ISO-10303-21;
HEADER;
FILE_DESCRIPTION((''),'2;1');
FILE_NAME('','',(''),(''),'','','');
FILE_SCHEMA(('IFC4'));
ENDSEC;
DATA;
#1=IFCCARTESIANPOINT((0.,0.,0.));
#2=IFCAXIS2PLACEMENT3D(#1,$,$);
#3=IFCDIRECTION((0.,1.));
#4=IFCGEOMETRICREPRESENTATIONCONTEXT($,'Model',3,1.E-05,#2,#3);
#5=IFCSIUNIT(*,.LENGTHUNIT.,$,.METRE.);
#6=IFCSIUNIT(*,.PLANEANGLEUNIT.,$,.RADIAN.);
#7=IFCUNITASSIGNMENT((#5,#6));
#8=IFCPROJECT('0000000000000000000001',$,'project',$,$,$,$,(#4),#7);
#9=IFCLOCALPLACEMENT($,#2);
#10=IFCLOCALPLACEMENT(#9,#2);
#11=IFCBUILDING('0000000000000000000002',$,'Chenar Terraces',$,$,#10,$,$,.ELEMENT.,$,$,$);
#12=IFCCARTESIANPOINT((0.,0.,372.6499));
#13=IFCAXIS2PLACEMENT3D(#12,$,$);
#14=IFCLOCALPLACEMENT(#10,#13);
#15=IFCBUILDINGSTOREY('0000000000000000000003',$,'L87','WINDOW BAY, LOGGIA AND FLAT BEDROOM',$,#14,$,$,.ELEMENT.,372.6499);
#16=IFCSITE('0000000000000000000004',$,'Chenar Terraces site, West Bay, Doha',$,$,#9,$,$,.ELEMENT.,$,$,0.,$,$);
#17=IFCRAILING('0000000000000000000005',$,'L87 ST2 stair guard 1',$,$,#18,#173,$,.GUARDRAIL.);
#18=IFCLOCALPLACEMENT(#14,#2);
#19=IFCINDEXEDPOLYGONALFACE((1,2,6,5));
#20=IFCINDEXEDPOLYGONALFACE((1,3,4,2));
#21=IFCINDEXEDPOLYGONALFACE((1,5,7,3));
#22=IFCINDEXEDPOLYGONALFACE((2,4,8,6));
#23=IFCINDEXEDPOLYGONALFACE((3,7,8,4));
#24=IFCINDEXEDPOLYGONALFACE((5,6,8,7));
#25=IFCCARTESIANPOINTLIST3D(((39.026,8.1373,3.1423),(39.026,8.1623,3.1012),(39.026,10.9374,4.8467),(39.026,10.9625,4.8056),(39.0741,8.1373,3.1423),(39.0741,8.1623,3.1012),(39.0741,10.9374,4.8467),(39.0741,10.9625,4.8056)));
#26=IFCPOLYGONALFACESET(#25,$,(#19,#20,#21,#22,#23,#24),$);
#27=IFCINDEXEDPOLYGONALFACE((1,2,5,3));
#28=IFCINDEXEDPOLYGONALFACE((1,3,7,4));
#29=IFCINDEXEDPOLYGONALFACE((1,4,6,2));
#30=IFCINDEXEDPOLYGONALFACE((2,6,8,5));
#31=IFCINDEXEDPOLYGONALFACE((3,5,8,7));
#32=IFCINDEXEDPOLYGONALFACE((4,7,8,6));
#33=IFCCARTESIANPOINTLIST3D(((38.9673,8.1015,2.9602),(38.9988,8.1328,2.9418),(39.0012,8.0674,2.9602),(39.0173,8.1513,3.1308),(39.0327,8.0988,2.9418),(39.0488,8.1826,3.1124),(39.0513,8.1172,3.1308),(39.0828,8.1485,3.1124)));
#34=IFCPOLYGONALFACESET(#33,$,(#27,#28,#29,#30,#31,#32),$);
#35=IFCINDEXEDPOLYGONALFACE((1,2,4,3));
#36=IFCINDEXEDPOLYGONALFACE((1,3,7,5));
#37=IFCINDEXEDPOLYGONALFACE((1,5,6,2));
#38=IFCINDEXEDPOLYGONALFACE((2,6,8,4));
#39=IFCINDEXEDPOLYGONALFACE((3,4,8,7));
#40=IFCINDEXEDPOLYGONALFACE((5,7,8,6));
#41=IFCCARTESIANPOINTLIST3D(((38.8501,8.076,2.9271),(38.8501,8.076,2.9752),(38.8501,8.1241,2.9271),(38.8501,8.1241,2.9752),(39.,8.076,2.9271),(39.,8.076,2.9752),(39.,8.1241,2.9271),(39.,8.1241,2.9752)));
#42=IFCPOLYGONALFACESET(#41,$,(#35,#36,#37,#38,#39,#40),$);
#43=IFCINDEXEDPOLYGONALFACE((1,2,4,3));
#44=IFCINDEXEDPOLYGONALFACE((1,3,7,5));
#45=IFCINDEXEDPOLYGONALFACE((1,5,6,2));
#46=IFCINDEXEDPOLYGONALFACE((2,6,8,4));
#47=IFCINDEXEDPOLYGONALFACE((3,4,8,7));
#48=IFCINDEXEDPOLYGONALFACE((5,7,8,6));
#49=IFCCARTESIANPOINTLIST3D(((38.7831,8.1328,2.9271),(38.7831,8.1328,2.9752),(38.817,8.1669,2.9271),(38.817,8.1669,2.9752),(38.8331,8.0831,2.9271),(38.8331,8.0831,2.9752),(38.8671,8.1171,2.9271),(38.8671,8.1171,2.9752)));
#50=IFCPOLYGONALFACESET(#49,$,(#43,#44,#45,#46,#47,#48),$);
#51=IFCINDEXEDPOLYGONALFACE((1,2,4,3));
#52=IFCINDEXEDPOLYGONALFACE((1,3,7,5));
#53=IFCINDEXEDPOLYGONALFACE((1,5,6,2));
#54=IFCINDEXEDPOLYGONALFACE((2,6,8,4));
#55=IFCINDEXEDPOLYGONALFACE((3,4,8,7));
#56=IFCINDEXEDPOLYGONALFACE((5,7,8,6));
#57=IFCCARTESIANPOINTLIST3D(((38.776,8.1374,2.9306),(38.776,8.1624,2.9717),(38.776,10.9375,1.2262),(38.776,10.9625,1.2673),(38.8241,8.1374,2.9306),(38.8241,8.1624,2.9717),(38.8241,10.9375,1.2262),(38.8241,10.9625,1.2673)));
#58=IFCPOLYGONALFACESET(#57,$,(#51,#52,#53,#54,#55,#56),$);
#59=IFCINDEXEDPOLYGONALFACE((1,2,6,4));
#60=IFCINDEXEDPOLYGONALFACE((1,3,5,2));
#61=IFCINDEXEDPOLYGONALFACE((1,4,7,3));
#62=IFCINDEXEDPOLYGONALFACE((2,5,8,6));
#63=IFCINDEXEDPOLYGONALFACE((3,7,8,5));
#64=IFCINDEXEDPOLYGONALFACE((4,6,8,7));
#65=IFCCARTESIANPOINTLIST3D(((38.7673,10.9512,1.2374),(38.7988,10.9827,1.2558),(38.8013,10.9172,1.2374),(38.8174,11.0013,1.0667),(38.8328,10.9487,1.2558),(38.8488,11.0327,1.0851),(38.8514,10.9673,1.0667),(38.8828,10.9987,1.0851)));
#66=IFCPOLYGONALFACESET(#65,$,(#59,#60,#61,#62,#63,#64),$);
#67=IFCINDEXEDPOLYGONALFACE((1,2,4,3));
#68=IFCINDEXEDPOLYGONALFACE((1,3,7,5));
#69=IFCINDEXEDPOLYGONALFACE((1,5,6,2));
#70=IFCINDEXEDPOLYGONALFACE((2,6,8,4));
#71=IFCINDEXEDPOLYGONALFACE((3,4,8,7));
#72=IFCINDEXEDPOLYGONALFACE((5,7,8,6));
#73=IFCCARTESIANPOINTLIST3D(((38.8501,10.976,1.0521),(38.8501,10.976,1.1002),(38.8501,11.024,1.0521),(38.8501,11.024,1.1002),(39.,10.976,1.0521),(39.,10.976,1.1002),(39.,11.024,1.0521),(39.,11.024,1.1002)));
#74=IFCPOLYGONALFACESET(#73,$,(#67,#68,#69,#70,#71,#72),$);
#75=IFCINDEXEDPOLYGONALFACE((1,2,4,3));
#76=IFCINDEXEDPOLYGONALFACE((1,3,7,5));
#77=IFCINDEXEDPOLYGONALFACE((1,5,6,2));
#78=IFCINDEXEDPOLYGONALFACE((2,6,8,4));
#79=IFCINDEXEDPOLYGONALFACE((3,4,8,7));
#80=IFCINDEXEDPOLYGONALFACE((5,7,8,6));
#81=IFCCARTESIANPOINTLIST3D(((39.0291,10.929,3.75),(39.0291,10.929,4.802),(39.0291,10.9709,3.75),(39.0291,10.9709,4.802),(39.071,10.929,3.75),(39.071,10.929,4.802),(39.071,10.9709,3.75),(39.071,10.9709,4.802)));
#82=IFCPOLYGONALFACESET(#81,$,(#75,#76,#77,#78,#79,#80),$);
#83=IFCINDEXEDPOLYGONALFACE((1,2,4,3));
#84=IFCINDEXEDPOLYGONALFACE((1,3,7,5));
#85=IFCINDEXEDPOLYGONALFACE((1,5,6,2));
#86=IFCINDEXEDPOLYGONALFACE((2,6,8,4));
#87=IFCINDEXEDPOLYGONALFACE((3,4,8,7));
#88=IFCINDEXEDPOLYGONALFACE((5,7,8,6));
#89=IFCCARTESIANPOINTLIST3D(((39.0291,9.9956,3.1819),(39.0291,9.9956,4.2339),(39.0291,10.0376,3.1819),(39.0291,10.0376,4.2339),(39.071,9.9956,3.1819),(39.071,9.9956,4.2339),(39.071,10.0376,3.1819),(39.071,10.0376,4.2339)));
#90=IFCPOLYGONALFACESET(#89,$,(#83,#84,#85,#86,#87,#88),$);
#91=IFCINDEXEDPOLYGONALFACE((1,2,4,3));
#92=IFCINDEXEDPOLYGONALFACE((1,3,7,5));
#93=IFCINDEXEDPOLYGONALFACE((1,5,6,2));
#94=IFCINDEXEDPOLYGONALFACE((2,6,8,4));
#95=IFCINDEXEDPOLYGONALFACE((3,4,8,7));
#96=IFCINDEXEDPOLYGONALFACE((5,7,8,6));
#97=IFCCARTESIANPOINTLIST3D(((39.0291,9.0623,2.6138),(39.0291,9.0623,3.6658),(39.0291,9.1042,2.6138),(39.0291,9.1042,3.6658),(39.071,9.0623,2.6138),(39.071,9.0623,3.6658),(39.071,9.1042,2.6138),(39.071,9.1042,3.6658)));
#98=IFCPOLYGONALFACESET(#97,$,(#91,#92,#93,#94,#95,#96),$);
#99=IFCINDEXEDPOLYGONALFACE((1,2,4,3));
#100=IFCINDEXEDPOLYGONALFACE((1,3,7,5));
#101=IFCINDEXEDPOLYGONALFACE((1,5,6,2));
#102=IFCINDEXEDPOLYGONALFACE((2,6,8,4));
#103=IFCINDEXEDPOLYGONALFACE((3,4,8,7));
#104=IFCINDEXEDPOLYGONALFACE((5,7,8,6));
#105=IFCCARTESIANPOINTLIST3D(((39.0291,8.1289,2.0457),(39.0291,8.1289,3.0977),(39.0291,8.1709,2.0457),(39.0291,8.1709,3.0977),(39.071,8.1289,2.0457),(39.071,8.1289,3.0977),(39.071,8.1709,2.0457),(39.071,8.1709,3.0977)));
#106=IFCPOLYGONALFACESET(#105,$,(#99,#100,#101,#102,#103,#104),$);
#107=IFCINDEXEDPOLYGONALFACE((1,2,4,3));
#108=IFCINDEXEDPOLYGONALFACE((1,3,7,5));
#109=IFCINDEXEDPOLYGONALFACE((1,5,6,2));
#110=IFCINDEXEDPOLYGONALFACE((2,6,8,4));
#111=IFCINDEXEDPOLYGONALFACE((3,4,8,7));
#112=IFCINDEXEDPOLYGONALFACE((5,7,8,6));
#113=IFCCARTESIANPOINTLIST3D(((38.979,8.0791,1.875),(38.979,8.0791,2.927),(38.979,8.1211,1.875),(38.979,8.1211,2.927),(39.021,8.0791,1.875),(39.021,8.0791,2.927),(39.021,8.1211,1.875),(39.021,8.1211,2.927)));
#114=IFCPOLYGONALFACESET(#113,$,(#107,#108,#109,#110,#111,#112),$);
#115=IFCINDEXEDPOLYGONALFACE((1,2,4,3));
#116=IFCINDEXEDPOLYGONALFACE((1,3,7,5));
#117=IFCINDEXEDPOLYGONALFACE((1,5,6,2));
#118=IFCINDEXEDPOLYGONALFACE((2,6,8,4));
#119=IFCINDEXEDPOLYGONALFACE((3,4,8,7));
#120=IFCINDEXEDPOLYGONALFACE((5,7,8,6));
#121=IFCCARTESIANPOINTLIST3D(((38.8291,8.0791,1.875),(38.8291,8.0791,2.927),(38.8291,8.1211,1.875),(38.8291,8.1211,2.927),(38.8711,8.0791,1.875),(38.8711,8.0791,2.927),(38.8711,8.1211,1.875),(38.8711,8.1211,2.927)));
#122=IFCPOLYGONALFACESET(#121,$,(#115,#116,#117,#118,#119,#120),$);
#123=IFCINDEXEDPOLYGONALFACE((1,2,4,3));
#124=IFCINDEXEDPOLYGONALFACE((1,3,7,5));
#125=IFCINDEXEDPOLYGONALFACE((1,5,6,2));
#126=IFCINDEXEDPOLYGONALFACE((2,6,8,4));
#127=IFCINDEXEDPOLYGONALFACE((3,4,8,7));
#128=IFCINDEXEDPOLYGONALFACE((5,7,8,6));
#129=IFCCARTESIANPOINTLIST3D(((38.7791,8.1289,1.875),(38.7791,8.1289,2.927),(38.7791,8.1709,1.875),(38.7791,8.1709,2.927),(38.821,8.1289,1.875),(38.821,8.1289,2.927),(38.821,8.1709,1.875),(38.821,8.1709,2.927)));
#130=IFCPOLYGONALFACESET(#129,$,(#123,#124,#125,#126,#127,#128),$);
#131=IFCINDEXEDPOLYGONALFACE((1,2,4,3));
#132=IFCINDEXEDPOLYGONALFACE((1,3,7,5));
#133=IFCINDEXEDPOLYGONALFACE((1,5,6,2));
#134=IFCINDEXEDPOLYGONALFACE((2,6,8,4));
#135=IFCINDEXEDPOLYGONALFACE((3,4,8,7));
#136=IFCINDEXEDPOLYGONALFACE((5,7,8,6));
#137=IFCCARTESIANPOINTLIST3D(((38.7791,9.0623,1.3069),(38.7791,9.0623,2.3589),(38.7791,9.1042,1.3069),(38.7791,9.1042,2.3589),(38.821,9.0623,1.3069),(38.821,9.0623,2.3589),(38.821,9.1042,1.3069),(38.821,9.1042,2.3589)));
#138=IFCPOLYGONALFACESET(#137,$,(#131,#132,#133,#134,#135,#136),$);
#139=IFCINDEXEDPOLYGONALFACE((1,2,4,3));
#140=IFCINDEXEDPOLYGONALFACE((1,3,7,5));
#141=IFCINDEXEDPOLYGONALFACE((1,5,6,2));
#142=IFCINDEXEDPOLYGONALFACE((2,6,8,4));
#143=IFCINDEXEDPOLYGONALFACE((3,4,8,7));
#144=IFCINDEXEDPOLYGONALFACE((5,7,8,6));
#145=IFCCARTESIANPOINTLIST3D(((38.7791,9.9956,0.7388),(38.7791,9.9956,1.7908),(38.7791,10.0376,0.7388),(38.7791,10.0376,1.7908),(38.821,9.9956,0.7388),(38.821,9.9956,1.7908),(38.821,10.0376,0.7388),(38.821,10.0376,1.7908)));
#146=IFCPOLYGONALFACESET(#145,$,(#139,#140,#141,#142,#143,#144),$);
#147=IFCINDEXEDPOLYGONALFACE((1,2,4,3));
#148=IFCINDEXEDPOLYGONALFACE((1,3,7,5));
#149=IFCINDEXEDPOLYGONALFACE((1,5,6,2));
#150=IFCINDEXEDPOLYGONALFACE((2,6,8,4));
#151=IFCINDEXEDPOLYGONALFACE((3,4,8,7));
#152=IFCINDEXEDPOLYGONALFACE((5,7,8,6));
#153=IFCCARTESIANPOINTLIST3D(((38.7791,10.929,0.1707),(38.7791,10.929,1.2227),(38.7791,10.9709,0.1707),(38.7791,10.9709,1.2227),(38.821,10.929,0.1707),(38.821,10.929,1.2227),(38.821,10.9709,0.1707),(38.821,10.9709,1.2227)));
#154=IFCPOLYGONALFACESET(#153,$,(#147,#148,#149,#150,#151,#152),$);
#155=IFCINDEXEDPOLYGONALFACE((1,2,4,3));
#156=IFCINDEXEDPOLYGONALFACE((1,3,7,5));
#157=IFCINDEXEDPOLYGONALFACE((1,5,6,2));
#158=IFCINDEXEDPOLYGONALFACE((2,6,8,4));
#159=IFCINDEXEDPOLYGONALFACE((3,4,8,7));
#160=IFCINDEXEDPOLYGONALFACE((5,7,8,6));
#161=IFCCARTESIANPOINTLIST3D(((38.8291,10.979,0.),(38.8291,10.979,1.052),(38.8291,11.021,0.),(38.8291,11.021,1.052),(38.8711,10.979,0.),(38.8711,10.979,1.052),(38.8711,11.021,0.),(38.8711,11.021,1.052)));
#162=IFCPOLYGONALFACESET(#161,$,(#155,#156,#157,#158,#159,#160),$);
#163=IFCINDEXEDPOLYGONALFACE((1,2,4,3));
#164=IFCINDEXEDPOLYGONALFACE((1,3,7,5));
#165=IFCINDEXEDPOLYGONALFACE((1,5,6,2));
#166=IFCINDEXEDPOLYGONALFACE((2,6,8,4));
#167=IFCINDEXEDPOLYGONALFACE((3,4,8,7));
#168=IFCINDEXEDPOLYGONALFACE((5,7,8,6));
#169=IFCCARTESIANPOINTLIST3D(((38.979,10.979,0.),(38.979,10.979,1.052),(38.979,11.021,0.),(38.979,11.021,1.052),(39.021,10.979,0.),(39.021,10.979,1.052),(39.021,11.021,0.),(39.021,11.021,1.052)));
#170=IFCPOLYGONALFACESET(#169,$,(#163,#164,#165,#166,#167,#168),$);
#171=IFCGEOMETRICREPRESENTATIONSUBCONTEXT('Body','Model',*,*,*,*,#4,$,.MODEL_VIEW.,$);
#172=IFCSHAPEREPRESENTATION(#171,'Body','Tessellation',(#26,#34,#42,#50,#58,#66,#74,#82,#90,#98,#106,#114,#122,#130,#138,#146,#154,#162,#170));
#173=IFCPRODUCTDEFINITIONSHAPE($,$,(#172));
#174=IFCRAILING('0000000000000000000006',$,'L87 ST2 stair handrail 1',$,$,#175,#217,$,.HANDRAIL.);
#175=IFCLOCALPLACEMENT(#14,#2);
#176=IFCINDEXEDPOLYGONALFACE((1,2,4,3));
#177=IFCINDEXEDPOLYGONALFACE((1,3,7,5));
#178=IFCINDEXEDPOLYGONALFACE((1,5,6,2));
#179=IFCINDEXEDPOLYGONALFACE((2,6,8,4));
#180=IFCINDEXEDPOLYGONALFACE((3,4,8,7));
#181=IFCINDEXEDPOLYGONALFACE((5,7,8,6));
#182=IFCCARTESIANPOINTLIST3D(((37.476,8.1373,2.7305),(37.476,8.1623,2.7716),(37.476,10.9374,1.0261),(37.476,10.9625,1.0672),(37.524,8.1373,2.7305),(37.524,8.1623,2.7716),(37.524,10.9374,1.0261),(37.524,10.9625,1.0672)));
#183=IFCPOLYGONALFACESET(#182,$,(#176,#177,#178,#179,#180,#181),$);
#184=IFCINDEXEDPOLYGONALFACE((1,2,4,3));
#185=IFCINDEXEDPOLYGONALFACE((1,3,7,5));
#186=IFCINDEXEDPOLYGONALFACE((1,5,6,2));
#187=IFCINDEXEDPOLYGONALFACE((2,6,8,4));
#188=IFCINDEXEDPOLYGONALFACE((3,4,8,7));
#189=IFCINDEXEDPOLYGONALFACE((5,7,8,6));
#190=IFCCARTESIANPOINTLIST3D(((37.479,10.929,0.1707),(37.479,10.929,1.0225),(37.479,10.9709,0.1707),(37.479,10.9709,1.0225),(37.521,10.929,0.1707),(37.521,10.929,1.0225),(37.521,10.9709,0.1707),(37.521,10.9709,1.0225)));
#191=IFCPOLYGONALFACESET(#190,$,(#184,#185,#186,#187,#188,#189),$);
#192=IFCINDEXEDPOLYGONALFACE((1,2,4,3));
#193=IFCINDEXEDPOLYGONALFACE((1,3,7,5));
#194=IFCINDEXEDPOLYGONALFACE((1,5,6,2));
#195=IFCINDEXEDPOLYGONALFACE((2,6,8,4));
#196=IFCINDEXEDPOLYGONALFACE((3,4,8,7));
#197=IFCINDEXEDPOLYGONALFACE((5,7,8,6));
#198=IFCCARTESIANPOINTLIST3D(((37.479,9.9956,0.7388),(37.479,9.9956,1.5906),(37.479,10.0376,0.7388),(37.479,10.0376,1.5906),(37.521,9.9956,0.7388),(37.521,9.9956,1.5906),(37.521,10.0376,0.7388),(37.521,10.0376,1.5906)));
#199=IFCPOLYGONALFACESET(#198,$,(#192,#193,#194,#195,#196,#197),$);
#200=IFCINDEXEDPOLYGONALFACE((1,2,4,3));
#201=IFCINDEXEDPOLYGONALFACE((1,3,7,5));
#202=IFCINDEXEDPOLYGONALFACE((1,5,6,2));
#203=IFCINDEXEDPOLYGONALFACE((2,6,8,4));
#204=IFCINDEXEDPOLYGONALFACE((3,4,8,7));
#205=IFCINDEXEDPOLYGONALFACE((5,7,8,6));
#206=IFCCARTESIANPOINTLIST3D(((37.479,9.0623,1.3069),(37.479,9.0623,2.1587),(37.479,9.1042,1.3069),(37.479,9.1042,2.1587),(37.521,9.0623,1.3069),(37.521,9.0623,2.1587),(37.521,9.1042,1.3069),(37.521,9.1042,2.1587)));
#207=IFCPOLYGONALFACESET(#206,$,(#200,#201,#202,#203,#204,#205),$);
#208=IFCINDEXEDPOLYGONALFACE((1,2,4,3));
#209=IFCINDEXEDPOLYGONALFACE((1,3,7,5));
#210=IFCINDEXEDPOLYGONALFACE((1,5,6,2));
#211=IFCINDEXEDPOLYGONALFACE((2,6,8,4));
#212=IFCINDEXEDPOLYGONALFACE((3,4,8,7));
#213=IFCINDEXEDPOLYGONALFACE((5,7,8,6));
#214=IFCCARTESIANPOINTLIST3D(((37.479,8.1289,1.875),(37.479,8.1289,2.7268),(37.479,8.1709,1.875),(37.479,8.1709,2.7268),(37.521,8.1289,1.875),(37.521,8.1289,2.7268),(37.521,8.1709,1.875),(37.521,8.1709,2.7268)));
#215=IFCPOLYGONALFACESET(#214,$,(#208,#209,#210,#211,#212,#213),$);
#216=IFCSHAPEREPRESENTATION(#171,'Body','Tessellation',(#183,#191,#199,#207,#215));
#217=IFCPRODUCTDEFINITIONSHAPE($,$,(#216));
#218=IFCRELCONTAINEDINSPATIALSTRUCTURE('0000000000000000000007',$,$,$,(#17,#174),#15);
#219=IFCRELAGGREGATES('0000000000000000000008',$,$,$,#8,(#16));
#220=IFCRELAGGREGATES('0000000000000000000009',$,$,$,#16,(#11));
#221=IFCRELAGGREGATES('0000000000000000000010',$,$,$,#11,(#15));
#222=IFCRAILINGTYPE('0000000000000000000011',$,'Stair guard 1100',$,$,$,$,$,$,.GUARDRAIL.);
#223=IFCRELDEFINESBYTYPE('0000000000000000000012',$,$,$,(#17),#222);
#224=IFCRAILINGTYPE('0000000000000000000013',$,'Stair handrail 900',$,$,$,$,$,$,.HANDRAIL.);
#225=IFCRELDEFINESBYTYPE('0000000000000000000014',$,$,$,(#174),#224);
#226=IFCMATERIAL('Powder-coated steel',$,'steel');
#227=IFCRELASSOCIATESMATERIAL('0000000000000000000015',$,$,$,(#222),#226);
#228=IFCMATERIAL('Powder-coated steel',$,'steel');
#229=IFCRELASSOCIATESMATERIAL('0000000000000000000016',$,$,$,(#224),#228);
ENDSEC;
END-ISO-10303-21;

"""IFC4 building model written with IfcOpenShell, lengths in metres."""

from ifc_helpers import new_model, si_unit, direction, frame, origin, origin_2d, place, context, subcontext, project, spatial, rectangle, extrude, material, type_object, element, save


model = new_model("IFC4")

# Units and contexts
model_context = context("Model", 3, precision=1e-05, world=origin(), true_north=direction((0.0, 1.0)))
body_context = subcontext(model_context, "Body", "Model", "MODEL_VIEW")
ifc_project = project(units=[si_unit("LENGTHUNIT", "METRE"), si_unit("PLANEANGLEUNIT", "RADIAN")], contexts=[model_context])

# Site, building, storey
site_placement = place(None, origin())
site = spatial("IfcSite", under=ifc_project, at=site_placement, Name="Chenar Terraces site, West Bay, Doha", CompositionType="ELEMENT", RefElevation=0.0)
building_placement = place(site_placement, origin())
building = spatial("IfcBuilding", under=site, at=building_placement, Name="Chenar Terraces", CompositionType="ELEMENT")
storey_placement = place(building_placement, frame((0.0, 0.0, 372.6499)))
storey = spatial("IfcBuildingStorey", under=building, at=storey_placement, Name="L87", Description="WINDOW BAY, LOGGIA AND FLAT BEDROOM", CompositionType="ELEMENT", Elevation=372.6499)

# Railings
ifc_material_1 = material(Name="Powder-coated steel", Category="steel")
railing_type_1 = type_object("IfcRailingType", Name="Stair guard 1100", PredefinedType="GUARDRAIL", material=ifc_material_1)
railing_1_placement = place(storey_placement, frame((39.05, 10.95, 3.75)))
element("IfcRailing", 1, at=railing_1_placement, inside=storey, type_object=railing_type_1, Name="L87 ST2 stair guard 1", PredefinedType="GUARDRAIL", context=body_context, shape_type="SweptSolid", body=[
    extrude(rectangle(XDim=0.0481, YDim=0.0481, at=origin_2d()), frame((0.0, 0.0, 1.0762), z_axis=(0.0, -0.854203, -0.51994), x_axis=(1.0, 0.0, 0.0)), (0.0, 0.0, 1.0), 3.2781),
    extrude(rectangle(XDim=0.0481, YDim=0.0481, at=origin_2d()), frame((0.0, -2.8, -0.6284), z_axis=(-0.270997, -0.269675, -0.924033), x_axis=(0.705376, -0.708834, 0.0)), (0.0, 0.0, 1.0), 0.1846),
    extrude(rectangle(XDim=0.0481, YDim=0.0481, at=origin_2d()), frame((-0.05, -2.8499, -0.7988), z_axis=(-1.0, 0.0, 0.0), x_axis=(0.0, -1.0, 0.0)), (0.0, 0.0, 1.0), 0.1499),
    extrude(rectangle(XDim=0.0481, YDim=0.0481, at=origin_2d()), frame((-0.2, -2.8499, -0.7988), z_axis=(-0.708834, 0.705376, 0.0), x_axis=(-0.705376, -0.708834, 0.0)), (0.0, 0.0, 1.0), 0.0706),
    extrude(rectangle(XDim=0.0481, YDim=0.0481, at=origin_2d()), frame((-0.25, -2.8, -0.7988), z_axis=(0.0, 0.854203, -0.51994), x_axis=(-1.0, 0.0, 0.0)), (0.0, 0.0, 1.0), 3.2781),
    extrude(rectangle(XDim=0.0481, YDim=0.0481, at=origin_2d()), frame((-0.25, 0.0, -2.5034), z_axis=(0.2709, 0.2709, -0.923703), x_axis=(-0.707107, 0.707107, 0.0)), (0.0, 0.0, 1.0), 0.1848),
    extrude(rectangle(XDim=0.0481, YDim=0.0481, at=origin_2d()), frame((-0.2, 0.05, -2.6738), z_axis=(1.0, 0.0, 0.0), x_axis=(0.0, 1.0, 0.0)), (0.0, 0.0, 1.0), 0.1499),
    extrude(rectangle(XDim=0.042, YDim=0.042, at=origin_2d()), origin(), (0.0, 0.0, 1.0), 1.052),
    extrude(rectangle(XDim=0.042, YDim=0.042, at=origin_2d()), frame((0.0, -0.9333, -0.5681)), (0.0, 0.0, 1.0), 1.052),
    extrude(rectangle(XDim=0.042, YDim=0.042, at=origin_2d()), frame((0.0, -1.8667, -1.1362)), (0.0, 0.0, 1.0), 1.052),
    extrude(rectangle(XDim=0.042, YDim=0.042, at=origin_2d()), frame((0.0, -2.8, -1.7043)), (0.0, 0.0, 1.0), 1.052),
    extrude(rectangle(XDim=0.042, YDim=0.042, at=origin_2d()), frame((-0.05, -2.8499, -1.875)), (0.0, 0.0, 1.0), 1.052),
    extrude(rectangle(XDim=0.042, YDim=0.042, at=origin_2d()), frame((-0.2, -2.8499, -1.875)), (0.0, 0.0, 1.0), 1.052),
    extrude(rectangle(XDim=0.042, YDim=0.042, at=origin_2d()), frame((-0.25, -2.8, -1.875)), (0.0, 0.0, 1.0), 1.052),
    extrude(rectangle(XDim=0.042, YDim=0.042, at=origin_2d()), frame((-0.25, -1.8667, -2.4431)), (0.0, 0.0, 1.0), 1.052),
    extrude(rectangle(XDim=0.042, YDim=0.042, at=origin_2d()), frame((-0.25, -0.9333, -3.0112)), (0.0, 0.0, 1.0), 1.052),
    extrude(rectangle(XDim=0.042, YDim=0.042, at=origin_2d()), frame((-0.25, 0.0, -3.5793)), (0.0, 0.0, 1.0), 1.052),
    extrude(rectangle(XDim=0.042, YDim=0.042, at=origin_2d()), frame((-0.2, 0.05, -3.75)), (0.0, 0.0, 1.0), 1.052),
    extrude(rectangle(XDim=0.042, YDim=0.042, at=origin_2d()), frame((-0.05, 0.05, -3.75)), (0.0, 0.0, 1.0), 1.052),
])
ifc_material_2 = material(Name="Powder-coated steel", Category="steel")
railing_type_2 = type_object("IfcRailingType", Name="Stair handrail 900", PredefinedType="HANDRAIL", material=ifc_material_2)
railing_2_placement = place(storey_placement, frame((37.5, 10.95, 0.1707)))
element("IfcRailing", 2, at=railing_2_placement, inside=storey, type_object=railing_type_2, Name="L87 ST2 stair handrail 1", PredefinedType="HANDRAIL", context=body_context, shape_type="SweptSolid", body=[
    extrude(rectangle(XDim=0.0481, YDim=0.0481, at=origin_2d()), frame((0.0, 0.0, 0.876), z_axis=(0.0, -0.854203, 0.51994), x_axis=(1.0, 0.0, 0.0)), (0.0, 0.0, 1.0), 3.2781),
    extrude(rectangle(XDim=0.042, YDim=0.042, at=origin_2d()), origin(), (0.0, 0.0, 1.0), 0.8518),
    extrude(rectangle(XDim=0.042, YDim=0.042, at=origin_2d()), frame((0.0, -0.9333, 0.5681)), (0.0, 0.0, 1.0), 0.8518),
    extrude(rectangle(XDim=0.042, YDim=0.042, at=origin_2d()), frame((0.0, -1.8667, 1.1362)), (0.0, 0.0, 1.0), 0.8518),
    extrude(rectangle(XDim=0.042, YDim=0.042, at=origin_2d()), frame((0.0, -2.8, 1.7043)), (0.0, 0.0, 1.0), 0.8518),
])

save(model, "model.ifc")
